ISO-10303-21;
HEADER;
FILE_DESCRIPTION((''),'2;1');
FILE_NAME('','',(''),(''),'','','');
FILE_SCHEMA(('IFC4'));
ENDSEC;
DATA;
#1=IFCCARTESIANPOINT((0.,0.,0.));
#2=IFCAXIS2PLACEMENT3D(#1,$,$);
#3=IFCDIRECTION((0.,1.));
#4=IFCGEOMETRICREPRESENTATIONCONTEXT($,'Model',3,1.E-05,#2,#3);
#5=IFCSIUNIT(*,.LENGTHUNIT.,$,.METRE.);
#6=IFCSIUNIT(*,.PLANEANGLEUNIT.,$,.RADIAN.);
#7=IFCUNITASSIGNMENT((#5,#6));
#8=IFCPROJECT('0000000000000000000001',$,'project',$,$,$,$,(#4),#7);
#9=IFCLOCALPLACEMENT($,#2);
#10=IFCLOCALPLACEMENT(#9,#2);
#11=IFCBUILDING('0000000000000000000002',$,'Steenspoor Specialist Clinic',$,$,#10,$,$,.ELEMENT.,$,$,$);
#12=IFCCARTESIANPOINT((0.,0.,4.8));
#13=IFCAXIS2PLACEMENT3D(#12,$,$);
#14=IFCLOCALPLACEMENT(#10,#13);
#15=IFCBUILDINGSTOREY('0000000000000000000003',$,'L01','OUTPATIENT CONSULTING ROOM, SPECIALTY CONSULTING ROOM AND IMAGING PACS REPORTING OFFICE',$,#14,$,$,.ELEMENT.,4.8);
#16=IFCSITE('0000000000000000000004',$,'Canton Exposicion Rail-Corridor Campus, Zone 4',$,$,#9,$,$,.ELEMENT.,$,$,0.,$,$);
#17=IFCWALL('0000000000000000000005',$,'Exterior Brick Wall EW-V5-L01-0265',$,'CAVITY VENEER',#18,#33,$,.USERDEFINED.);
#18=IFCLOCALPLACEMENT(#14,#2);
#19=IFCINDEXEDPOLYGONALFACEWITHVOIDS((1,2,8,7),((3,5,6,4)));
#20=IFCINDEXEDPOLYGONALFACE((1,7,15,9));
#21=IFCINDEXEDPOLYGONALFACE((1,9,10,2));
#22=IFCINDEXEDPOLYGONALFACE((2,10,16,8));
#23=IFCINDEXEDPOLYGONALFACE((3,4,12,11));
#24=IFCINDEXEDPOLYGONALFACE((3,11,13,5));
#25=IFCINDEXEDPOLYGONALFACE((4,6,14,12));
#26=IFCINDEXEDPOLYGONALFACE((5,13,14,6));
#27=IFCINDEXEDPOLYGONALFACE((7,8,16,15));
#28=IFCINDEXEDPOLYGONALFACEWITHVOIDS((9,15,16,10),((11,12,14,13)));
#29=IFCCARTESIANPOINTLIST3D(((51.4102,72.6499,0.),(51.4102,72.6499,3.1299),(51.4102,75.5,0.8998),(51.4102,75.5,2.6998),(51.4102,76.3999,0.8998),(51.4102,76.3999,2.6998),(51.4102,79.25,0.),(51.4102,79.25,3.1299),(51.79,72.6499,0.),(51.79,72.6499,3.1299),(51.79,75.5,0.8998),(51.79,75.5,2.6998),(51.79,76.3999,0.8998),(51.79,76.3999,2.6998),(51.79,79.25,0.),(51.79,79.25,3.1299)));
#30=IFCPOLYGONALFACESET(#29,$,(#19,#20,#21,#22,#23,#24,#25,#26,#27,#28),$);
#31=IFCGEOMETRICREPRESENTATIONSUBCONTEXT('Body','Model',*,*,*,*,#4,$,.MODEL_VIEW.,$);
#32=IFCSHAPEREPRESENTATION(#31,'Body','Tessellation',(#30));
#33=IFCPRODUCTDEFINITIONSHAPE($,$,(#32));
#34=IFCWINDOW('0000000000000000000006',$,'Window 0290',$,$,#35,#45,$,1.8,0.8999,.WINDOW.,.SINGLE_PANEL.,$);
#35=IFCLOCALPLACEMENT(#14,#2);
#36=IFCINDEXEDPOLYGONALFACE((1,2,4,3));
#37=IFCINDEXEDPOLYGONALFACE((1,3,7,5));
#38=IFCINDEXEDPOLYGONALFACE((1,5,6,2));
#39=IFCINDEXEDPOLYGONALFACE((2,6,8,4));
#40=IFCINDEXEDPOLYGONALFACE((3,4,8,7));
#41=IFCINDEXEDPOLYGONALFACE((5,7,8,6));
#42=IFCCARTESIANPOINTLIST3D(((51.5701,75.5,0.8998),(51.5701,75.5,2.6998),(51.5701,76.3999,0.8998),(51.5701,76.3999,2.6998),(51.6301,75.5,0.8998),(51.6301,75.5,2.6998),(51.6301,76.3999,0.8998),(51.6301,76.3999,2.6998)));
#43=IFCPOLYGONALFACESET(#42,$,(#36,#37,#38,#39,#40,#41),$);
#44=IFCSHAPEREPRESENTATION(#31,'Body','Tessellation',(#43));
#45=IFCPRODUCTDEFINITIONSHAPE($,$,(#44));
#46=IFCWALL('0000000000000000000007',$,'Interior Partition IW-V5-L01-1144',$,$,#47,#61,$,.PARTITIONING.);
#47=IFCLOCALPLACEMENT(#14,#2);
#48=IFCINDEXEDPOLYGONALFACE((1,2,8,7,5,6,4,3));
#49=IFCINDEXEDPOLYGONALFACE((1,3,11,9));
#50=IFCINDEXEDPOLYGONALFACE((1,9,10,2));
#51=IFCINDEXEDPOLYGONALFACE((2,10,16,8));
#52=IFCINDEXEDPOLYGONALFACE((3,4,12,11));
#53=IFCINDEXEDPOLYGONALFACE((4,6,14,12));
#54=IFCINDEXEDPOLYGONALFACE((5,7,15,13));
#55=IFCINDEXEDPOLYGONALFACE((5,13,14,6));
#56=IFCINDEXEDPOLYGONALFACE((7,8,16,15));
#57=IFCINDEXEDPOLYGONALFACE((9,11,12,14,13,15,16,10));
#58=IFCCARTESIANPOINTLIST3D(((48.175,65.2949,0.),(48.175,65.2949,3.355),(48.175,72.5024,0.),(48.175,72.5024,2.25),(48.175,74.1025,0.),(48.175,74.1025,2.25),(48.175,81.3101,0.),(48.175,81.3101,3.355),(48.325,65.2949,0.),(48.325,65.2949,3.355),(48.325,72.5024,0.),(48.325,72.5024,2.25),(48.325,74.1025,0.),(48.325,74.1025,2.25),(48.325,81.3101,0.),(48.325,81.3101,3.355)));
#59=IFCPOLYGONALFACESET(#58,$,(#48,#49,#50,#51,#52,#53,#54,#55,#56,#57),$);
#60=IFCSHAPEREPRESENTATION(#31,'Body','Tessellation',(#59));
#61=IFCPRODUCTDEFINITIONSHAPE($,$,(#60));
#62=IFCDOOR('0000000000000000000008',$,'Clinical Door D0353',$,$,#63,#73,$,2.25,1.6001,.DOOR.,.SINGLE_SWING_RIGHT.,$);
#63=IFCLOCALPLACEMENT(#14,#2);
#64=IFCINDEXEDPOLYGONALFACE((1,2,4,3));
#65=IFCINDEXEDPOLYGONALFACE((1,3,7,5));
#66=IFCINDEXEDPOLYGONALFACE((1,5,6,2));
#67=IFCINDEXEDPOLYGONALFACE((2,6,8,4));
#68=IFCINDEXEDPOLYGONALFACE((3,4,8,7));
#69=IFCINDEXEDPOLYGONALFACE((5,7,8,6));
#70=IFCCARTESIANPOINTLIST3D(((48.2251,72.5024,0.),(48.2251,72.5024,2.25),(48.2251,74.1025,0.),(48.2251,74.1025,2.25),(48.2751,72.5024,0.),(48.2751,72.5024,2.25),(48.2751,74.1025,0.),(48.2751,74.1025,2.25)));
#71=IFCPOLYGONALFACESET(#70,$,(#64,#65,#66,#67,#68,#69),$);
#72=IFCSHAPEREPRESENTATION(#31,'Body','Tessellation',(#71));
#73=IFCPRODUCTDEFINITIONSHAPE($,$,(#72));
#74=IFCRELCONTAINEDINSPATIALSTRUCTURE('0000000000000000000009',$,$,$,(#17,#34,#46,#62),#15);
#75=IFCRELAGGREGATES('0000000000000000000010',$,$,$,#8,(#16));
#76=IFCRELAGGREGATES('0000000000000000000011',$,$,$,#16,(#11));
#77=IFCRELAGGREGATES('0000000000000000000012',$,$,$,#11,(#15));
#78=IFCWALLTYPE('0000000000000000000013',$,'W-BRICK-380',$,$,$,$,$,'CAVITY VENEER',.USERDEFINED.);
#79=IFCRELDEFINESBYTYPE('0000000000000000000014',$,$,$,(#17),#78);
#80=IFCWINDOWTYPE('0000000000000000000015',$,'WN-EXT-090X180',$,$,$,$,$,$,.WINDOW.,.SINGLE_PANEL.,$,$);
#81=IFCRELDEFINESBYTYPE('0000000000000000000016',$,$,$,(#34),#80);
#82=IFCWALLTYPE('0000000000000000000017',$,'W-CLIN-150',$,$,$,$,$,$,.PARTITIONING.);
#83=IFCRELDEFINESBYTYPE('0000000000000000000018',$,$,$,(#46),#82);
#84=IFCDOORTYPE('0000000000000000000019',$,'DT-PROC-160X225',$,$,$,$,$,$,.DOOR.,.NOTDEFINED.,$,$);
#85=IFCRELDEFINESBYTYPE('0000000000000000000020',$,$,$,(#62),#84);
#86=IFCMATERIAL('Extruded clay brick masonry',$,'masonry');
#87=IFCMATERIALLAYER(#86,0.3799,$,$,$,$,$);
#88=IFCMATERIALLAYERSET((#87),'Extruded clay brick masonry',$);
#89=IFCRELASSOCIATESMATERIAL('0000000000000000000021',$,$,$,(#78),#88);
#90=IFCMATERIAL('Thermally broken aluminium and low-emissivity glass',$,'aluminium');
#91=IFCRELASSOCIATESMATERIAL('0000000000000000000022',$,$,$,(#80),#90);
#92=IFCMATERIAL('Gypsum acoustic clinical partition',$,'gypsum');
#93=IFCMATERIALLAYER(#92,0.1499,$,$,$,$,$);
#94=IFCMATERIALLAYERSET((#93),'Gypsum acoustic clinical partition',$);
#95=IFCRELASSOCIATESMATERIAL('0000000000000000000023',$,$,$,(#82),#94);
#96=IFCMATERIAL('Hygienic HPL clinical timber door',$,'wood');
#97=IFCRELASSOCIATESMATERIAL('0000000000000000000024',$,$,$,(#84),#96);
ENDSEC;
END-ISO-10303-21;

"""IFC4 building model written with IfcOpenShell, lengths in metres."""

from ifc_helpers import new_model, si_unit, direction, frame, frame_2d, origin, place, context, subcontext, project, spatial, rectangle, extrude, material, layer, layer_set, type_object, element, fill, save


model = new_model("IFC4")

# Units and contexts
model_context = context("Model", 3, precision=1e-05, world=origin(), true_north=direction((0.0, 1.0)))
body_context = subcontext(model_context, "Body", "Model", "MODEL_VIEW")
ifc_project = project(units=[si_unit("LENGTHUNIT", "METRE"), si_unit("PLANEANGLEUNIT", "RADIAN")], contexts=[model_context])

# Site, building, storey
site_placement = place(None, origin())
site = spatial("IfcSite", under=ifc_project, at=site_placement, Name="Canton Exposicion Rail-Corridor Campus, Zone 4", CompositionType="ELEMENT", RefElevation=0.0)
building_placement = place(site_placement, origin())
building = spatial("IfcBuilding", under=site, at=building_placement, Name="Steenspoor Specialist Clinic", CompositionType="ELEMENT")
storey_placement = place(building_placement, frame((0.0, 0.0, 4.8)))
storey = spatial("IfcBuildingStorey", under=building, at=storey_placement, Name="L01", Description="OUTPATIENT CONSULTING ROOM, SPECIALTY CONSULTING ROOM AND IMAGING PACS REPORTING OFFICE", CompositionType="ELEMENT", Elevation=4.8)

# Shared definitions
ifc_material_1 = material(Name="Thermally broken aluminium and low-emissivity glass", Category="aluminium")

# Wall, opening, window
ifc_material_2 = material(Name="Extruded clay brick masonry", Category="masonry")
ifc_layer_1 = layer(ifc_material_2, 0.3799)
ifc_layer_set_1 = layer_set([ifc_layer_1], Name="Extruded clay brick masonry")
wall_type_1 = type_object("IfcWallType", Name="W-BRICK-380", ElementType="CAVITY VENEER", PredefinedType="USERDEFINED", material=ifc_layer_set_1)
wall_1_placement = place(storey_placement, frame((51.6001, 79.25, 0.0), z_axis=(0.0, 0.0, 1.0), x_axis=(0.0, -1.0, 0.0)))
wall_1 = element("IfcWall", 1, at=wall_1_placement, inside=storey, type_object=wall_type_1, Name="Exterior Brick Wall EW-V5-L01-0265", ObjectType="CAVITY VENEER", PredefinedType="USERDEFINED", context=body_context, shape_type="SweptSolid", body=[
    extrude(rectangle(XDim=6.6001, YDim=0.3799, at=frame_2d((3.3, 0.0))), origin(), (0.0, 0.0, 1.0), 3.1299),
])
opening_1_placement = place(wall_1_placement, frame((2.8501, 0.0, 0.8999)))
opening_1 = element("IfcOpeningElement", 2, at=opening_1_placement, cuts=wall_1, PredefinedType="OPENING", context=body_context, shape_type="SweptSolid", body=[
    extrude(rectangle(XDim=0.8999, YDim=1.8, at=frame_2d((0.45, 0.8999))), frame((0.0, 0.2, 0.0), z_axis=(0.0, -1.0, 0.0), x_axis=(1.0, 0.0, 0.0)), (0.0, 0.0, 1.0), 0.3999),
])
window_type = type_object("IfcWindowType", Name="WN-EXT-090X180", PartitioningType="SINGLE_PANEL", PredefinedType="WINDOW", material=ifc_material_1)
window_placement = place(opening_1_placement, origin())
window = element("IfcWindow", 3, at=window_placement, inside=storey, type_object=window_type, Name="Window 0290", OverallHeight=1.8, OverallWidth=0.8999, PartitioningType="SINGLE_PANEL", PredefinedType="WINDOW", context=body_context, shape_type="SweptSolid", body=[
    extrude(rectangle(XDim=0.8999, YDim=1.8, at=frame_2d((0.45, 0.8999))), frame((0.0, 0.03, 0.0), z_axis=(0.0, -1.0, 0.0), x_axis=(1.0, 0.0, 0.0)), (0.0, 0.0, 1.0), 0.0601),
])
fill(opening_1, window)

# Wall, opening, door
ifc_material_3 = material(Name="Gypsum acoustic clinical partition", Category="gypsum")
ifc_layer_2 = layer(ifc_material_3, 0.1499)
ifc_layer_set_2 = layer_set([ifc_layer_2], Name="Gypsum acoustic clinical partition")
wall_type_2 = type_object("IfcWallType", Name="W-CLIN-150", PredefinedType="PARTITIONING", material=ifc_layer_set_2)
wall_2_placement = place(storey_placement, frame((48.25, 65.2949, 0.0), z_axis=(0.0, 0.0, 1.0), x_axis=(0.0, 1.0, 0.0)))
wall_2 = element("IfcWall", 4, at=wall_2_placement, inside=storey, type_object=wall_type_2, Name="Interior Partition IW-V5-L01-1144", PredefinedType="PARTITIONING", context=body_context, shape_type="SweptSolid", body=[
    extrude(rectangle(XDim=16.0151, YDim=0.1499, at=frame_2d((8.0076, 0.0))), origin(), (0.0, 0.0, 1.0), 3.355),
])
opening_2_placement = place(wall_2_placement, frame((7.2075, 0.0, 0.0)))
opening_2 = element("IfcOpeningElement", 5, at=opening_2_placement, cuts=wall_2, PredefinedType="OPENING", context=body_context, shape_type="SweptSolid", body=[
    extrude(rectangle(XDim=1.6001, YDim=2.25, at=frame_2d((0.8, 1.125))), frame((0.0, 0.085, 0.0), z_axis=(0.0, -1.0, 0.0), x_axis=(1.0, 0.0, 0.0)), (0.0, 0.0, 1.0), 0.1699),
])
ifc_material_4 = material(Name="Hygienic HPL clinical timber door", Category="wood")
door_type = type_object("IfcDoorType", Name="DT-PROC-160X225", OperationType="NOTDEFINED", PredefinedType="DOOR", material=ifc_material_4)
door_placement = place(opening_2_placement, origin())
door = element("IfcDoor", 6, at=door_placement, inside=storey, type_object=door_type, Name="Clinical Door D0353", OperationType="SINGLE_SWING_RIGHT", OverallHeight=2.25, OverallWidth=1.6001, PredefinedType="DOOR", context=body_context, shape_type="SweptSolid", body=[
    extrude(rectangle(XDim=1.6001, YDim=2.25, at=frame_2d((0.8, 1.125))), frame((0.0, 0.0249, 0.0), z_axis=(0.0, -1.0, 0.0), x_axis=(1.0, 0.0, 0.0)), (0.0, 0.0, 1.0), 0.05),
])
fill(opening_2, door)

save(model, "model.ifc")
